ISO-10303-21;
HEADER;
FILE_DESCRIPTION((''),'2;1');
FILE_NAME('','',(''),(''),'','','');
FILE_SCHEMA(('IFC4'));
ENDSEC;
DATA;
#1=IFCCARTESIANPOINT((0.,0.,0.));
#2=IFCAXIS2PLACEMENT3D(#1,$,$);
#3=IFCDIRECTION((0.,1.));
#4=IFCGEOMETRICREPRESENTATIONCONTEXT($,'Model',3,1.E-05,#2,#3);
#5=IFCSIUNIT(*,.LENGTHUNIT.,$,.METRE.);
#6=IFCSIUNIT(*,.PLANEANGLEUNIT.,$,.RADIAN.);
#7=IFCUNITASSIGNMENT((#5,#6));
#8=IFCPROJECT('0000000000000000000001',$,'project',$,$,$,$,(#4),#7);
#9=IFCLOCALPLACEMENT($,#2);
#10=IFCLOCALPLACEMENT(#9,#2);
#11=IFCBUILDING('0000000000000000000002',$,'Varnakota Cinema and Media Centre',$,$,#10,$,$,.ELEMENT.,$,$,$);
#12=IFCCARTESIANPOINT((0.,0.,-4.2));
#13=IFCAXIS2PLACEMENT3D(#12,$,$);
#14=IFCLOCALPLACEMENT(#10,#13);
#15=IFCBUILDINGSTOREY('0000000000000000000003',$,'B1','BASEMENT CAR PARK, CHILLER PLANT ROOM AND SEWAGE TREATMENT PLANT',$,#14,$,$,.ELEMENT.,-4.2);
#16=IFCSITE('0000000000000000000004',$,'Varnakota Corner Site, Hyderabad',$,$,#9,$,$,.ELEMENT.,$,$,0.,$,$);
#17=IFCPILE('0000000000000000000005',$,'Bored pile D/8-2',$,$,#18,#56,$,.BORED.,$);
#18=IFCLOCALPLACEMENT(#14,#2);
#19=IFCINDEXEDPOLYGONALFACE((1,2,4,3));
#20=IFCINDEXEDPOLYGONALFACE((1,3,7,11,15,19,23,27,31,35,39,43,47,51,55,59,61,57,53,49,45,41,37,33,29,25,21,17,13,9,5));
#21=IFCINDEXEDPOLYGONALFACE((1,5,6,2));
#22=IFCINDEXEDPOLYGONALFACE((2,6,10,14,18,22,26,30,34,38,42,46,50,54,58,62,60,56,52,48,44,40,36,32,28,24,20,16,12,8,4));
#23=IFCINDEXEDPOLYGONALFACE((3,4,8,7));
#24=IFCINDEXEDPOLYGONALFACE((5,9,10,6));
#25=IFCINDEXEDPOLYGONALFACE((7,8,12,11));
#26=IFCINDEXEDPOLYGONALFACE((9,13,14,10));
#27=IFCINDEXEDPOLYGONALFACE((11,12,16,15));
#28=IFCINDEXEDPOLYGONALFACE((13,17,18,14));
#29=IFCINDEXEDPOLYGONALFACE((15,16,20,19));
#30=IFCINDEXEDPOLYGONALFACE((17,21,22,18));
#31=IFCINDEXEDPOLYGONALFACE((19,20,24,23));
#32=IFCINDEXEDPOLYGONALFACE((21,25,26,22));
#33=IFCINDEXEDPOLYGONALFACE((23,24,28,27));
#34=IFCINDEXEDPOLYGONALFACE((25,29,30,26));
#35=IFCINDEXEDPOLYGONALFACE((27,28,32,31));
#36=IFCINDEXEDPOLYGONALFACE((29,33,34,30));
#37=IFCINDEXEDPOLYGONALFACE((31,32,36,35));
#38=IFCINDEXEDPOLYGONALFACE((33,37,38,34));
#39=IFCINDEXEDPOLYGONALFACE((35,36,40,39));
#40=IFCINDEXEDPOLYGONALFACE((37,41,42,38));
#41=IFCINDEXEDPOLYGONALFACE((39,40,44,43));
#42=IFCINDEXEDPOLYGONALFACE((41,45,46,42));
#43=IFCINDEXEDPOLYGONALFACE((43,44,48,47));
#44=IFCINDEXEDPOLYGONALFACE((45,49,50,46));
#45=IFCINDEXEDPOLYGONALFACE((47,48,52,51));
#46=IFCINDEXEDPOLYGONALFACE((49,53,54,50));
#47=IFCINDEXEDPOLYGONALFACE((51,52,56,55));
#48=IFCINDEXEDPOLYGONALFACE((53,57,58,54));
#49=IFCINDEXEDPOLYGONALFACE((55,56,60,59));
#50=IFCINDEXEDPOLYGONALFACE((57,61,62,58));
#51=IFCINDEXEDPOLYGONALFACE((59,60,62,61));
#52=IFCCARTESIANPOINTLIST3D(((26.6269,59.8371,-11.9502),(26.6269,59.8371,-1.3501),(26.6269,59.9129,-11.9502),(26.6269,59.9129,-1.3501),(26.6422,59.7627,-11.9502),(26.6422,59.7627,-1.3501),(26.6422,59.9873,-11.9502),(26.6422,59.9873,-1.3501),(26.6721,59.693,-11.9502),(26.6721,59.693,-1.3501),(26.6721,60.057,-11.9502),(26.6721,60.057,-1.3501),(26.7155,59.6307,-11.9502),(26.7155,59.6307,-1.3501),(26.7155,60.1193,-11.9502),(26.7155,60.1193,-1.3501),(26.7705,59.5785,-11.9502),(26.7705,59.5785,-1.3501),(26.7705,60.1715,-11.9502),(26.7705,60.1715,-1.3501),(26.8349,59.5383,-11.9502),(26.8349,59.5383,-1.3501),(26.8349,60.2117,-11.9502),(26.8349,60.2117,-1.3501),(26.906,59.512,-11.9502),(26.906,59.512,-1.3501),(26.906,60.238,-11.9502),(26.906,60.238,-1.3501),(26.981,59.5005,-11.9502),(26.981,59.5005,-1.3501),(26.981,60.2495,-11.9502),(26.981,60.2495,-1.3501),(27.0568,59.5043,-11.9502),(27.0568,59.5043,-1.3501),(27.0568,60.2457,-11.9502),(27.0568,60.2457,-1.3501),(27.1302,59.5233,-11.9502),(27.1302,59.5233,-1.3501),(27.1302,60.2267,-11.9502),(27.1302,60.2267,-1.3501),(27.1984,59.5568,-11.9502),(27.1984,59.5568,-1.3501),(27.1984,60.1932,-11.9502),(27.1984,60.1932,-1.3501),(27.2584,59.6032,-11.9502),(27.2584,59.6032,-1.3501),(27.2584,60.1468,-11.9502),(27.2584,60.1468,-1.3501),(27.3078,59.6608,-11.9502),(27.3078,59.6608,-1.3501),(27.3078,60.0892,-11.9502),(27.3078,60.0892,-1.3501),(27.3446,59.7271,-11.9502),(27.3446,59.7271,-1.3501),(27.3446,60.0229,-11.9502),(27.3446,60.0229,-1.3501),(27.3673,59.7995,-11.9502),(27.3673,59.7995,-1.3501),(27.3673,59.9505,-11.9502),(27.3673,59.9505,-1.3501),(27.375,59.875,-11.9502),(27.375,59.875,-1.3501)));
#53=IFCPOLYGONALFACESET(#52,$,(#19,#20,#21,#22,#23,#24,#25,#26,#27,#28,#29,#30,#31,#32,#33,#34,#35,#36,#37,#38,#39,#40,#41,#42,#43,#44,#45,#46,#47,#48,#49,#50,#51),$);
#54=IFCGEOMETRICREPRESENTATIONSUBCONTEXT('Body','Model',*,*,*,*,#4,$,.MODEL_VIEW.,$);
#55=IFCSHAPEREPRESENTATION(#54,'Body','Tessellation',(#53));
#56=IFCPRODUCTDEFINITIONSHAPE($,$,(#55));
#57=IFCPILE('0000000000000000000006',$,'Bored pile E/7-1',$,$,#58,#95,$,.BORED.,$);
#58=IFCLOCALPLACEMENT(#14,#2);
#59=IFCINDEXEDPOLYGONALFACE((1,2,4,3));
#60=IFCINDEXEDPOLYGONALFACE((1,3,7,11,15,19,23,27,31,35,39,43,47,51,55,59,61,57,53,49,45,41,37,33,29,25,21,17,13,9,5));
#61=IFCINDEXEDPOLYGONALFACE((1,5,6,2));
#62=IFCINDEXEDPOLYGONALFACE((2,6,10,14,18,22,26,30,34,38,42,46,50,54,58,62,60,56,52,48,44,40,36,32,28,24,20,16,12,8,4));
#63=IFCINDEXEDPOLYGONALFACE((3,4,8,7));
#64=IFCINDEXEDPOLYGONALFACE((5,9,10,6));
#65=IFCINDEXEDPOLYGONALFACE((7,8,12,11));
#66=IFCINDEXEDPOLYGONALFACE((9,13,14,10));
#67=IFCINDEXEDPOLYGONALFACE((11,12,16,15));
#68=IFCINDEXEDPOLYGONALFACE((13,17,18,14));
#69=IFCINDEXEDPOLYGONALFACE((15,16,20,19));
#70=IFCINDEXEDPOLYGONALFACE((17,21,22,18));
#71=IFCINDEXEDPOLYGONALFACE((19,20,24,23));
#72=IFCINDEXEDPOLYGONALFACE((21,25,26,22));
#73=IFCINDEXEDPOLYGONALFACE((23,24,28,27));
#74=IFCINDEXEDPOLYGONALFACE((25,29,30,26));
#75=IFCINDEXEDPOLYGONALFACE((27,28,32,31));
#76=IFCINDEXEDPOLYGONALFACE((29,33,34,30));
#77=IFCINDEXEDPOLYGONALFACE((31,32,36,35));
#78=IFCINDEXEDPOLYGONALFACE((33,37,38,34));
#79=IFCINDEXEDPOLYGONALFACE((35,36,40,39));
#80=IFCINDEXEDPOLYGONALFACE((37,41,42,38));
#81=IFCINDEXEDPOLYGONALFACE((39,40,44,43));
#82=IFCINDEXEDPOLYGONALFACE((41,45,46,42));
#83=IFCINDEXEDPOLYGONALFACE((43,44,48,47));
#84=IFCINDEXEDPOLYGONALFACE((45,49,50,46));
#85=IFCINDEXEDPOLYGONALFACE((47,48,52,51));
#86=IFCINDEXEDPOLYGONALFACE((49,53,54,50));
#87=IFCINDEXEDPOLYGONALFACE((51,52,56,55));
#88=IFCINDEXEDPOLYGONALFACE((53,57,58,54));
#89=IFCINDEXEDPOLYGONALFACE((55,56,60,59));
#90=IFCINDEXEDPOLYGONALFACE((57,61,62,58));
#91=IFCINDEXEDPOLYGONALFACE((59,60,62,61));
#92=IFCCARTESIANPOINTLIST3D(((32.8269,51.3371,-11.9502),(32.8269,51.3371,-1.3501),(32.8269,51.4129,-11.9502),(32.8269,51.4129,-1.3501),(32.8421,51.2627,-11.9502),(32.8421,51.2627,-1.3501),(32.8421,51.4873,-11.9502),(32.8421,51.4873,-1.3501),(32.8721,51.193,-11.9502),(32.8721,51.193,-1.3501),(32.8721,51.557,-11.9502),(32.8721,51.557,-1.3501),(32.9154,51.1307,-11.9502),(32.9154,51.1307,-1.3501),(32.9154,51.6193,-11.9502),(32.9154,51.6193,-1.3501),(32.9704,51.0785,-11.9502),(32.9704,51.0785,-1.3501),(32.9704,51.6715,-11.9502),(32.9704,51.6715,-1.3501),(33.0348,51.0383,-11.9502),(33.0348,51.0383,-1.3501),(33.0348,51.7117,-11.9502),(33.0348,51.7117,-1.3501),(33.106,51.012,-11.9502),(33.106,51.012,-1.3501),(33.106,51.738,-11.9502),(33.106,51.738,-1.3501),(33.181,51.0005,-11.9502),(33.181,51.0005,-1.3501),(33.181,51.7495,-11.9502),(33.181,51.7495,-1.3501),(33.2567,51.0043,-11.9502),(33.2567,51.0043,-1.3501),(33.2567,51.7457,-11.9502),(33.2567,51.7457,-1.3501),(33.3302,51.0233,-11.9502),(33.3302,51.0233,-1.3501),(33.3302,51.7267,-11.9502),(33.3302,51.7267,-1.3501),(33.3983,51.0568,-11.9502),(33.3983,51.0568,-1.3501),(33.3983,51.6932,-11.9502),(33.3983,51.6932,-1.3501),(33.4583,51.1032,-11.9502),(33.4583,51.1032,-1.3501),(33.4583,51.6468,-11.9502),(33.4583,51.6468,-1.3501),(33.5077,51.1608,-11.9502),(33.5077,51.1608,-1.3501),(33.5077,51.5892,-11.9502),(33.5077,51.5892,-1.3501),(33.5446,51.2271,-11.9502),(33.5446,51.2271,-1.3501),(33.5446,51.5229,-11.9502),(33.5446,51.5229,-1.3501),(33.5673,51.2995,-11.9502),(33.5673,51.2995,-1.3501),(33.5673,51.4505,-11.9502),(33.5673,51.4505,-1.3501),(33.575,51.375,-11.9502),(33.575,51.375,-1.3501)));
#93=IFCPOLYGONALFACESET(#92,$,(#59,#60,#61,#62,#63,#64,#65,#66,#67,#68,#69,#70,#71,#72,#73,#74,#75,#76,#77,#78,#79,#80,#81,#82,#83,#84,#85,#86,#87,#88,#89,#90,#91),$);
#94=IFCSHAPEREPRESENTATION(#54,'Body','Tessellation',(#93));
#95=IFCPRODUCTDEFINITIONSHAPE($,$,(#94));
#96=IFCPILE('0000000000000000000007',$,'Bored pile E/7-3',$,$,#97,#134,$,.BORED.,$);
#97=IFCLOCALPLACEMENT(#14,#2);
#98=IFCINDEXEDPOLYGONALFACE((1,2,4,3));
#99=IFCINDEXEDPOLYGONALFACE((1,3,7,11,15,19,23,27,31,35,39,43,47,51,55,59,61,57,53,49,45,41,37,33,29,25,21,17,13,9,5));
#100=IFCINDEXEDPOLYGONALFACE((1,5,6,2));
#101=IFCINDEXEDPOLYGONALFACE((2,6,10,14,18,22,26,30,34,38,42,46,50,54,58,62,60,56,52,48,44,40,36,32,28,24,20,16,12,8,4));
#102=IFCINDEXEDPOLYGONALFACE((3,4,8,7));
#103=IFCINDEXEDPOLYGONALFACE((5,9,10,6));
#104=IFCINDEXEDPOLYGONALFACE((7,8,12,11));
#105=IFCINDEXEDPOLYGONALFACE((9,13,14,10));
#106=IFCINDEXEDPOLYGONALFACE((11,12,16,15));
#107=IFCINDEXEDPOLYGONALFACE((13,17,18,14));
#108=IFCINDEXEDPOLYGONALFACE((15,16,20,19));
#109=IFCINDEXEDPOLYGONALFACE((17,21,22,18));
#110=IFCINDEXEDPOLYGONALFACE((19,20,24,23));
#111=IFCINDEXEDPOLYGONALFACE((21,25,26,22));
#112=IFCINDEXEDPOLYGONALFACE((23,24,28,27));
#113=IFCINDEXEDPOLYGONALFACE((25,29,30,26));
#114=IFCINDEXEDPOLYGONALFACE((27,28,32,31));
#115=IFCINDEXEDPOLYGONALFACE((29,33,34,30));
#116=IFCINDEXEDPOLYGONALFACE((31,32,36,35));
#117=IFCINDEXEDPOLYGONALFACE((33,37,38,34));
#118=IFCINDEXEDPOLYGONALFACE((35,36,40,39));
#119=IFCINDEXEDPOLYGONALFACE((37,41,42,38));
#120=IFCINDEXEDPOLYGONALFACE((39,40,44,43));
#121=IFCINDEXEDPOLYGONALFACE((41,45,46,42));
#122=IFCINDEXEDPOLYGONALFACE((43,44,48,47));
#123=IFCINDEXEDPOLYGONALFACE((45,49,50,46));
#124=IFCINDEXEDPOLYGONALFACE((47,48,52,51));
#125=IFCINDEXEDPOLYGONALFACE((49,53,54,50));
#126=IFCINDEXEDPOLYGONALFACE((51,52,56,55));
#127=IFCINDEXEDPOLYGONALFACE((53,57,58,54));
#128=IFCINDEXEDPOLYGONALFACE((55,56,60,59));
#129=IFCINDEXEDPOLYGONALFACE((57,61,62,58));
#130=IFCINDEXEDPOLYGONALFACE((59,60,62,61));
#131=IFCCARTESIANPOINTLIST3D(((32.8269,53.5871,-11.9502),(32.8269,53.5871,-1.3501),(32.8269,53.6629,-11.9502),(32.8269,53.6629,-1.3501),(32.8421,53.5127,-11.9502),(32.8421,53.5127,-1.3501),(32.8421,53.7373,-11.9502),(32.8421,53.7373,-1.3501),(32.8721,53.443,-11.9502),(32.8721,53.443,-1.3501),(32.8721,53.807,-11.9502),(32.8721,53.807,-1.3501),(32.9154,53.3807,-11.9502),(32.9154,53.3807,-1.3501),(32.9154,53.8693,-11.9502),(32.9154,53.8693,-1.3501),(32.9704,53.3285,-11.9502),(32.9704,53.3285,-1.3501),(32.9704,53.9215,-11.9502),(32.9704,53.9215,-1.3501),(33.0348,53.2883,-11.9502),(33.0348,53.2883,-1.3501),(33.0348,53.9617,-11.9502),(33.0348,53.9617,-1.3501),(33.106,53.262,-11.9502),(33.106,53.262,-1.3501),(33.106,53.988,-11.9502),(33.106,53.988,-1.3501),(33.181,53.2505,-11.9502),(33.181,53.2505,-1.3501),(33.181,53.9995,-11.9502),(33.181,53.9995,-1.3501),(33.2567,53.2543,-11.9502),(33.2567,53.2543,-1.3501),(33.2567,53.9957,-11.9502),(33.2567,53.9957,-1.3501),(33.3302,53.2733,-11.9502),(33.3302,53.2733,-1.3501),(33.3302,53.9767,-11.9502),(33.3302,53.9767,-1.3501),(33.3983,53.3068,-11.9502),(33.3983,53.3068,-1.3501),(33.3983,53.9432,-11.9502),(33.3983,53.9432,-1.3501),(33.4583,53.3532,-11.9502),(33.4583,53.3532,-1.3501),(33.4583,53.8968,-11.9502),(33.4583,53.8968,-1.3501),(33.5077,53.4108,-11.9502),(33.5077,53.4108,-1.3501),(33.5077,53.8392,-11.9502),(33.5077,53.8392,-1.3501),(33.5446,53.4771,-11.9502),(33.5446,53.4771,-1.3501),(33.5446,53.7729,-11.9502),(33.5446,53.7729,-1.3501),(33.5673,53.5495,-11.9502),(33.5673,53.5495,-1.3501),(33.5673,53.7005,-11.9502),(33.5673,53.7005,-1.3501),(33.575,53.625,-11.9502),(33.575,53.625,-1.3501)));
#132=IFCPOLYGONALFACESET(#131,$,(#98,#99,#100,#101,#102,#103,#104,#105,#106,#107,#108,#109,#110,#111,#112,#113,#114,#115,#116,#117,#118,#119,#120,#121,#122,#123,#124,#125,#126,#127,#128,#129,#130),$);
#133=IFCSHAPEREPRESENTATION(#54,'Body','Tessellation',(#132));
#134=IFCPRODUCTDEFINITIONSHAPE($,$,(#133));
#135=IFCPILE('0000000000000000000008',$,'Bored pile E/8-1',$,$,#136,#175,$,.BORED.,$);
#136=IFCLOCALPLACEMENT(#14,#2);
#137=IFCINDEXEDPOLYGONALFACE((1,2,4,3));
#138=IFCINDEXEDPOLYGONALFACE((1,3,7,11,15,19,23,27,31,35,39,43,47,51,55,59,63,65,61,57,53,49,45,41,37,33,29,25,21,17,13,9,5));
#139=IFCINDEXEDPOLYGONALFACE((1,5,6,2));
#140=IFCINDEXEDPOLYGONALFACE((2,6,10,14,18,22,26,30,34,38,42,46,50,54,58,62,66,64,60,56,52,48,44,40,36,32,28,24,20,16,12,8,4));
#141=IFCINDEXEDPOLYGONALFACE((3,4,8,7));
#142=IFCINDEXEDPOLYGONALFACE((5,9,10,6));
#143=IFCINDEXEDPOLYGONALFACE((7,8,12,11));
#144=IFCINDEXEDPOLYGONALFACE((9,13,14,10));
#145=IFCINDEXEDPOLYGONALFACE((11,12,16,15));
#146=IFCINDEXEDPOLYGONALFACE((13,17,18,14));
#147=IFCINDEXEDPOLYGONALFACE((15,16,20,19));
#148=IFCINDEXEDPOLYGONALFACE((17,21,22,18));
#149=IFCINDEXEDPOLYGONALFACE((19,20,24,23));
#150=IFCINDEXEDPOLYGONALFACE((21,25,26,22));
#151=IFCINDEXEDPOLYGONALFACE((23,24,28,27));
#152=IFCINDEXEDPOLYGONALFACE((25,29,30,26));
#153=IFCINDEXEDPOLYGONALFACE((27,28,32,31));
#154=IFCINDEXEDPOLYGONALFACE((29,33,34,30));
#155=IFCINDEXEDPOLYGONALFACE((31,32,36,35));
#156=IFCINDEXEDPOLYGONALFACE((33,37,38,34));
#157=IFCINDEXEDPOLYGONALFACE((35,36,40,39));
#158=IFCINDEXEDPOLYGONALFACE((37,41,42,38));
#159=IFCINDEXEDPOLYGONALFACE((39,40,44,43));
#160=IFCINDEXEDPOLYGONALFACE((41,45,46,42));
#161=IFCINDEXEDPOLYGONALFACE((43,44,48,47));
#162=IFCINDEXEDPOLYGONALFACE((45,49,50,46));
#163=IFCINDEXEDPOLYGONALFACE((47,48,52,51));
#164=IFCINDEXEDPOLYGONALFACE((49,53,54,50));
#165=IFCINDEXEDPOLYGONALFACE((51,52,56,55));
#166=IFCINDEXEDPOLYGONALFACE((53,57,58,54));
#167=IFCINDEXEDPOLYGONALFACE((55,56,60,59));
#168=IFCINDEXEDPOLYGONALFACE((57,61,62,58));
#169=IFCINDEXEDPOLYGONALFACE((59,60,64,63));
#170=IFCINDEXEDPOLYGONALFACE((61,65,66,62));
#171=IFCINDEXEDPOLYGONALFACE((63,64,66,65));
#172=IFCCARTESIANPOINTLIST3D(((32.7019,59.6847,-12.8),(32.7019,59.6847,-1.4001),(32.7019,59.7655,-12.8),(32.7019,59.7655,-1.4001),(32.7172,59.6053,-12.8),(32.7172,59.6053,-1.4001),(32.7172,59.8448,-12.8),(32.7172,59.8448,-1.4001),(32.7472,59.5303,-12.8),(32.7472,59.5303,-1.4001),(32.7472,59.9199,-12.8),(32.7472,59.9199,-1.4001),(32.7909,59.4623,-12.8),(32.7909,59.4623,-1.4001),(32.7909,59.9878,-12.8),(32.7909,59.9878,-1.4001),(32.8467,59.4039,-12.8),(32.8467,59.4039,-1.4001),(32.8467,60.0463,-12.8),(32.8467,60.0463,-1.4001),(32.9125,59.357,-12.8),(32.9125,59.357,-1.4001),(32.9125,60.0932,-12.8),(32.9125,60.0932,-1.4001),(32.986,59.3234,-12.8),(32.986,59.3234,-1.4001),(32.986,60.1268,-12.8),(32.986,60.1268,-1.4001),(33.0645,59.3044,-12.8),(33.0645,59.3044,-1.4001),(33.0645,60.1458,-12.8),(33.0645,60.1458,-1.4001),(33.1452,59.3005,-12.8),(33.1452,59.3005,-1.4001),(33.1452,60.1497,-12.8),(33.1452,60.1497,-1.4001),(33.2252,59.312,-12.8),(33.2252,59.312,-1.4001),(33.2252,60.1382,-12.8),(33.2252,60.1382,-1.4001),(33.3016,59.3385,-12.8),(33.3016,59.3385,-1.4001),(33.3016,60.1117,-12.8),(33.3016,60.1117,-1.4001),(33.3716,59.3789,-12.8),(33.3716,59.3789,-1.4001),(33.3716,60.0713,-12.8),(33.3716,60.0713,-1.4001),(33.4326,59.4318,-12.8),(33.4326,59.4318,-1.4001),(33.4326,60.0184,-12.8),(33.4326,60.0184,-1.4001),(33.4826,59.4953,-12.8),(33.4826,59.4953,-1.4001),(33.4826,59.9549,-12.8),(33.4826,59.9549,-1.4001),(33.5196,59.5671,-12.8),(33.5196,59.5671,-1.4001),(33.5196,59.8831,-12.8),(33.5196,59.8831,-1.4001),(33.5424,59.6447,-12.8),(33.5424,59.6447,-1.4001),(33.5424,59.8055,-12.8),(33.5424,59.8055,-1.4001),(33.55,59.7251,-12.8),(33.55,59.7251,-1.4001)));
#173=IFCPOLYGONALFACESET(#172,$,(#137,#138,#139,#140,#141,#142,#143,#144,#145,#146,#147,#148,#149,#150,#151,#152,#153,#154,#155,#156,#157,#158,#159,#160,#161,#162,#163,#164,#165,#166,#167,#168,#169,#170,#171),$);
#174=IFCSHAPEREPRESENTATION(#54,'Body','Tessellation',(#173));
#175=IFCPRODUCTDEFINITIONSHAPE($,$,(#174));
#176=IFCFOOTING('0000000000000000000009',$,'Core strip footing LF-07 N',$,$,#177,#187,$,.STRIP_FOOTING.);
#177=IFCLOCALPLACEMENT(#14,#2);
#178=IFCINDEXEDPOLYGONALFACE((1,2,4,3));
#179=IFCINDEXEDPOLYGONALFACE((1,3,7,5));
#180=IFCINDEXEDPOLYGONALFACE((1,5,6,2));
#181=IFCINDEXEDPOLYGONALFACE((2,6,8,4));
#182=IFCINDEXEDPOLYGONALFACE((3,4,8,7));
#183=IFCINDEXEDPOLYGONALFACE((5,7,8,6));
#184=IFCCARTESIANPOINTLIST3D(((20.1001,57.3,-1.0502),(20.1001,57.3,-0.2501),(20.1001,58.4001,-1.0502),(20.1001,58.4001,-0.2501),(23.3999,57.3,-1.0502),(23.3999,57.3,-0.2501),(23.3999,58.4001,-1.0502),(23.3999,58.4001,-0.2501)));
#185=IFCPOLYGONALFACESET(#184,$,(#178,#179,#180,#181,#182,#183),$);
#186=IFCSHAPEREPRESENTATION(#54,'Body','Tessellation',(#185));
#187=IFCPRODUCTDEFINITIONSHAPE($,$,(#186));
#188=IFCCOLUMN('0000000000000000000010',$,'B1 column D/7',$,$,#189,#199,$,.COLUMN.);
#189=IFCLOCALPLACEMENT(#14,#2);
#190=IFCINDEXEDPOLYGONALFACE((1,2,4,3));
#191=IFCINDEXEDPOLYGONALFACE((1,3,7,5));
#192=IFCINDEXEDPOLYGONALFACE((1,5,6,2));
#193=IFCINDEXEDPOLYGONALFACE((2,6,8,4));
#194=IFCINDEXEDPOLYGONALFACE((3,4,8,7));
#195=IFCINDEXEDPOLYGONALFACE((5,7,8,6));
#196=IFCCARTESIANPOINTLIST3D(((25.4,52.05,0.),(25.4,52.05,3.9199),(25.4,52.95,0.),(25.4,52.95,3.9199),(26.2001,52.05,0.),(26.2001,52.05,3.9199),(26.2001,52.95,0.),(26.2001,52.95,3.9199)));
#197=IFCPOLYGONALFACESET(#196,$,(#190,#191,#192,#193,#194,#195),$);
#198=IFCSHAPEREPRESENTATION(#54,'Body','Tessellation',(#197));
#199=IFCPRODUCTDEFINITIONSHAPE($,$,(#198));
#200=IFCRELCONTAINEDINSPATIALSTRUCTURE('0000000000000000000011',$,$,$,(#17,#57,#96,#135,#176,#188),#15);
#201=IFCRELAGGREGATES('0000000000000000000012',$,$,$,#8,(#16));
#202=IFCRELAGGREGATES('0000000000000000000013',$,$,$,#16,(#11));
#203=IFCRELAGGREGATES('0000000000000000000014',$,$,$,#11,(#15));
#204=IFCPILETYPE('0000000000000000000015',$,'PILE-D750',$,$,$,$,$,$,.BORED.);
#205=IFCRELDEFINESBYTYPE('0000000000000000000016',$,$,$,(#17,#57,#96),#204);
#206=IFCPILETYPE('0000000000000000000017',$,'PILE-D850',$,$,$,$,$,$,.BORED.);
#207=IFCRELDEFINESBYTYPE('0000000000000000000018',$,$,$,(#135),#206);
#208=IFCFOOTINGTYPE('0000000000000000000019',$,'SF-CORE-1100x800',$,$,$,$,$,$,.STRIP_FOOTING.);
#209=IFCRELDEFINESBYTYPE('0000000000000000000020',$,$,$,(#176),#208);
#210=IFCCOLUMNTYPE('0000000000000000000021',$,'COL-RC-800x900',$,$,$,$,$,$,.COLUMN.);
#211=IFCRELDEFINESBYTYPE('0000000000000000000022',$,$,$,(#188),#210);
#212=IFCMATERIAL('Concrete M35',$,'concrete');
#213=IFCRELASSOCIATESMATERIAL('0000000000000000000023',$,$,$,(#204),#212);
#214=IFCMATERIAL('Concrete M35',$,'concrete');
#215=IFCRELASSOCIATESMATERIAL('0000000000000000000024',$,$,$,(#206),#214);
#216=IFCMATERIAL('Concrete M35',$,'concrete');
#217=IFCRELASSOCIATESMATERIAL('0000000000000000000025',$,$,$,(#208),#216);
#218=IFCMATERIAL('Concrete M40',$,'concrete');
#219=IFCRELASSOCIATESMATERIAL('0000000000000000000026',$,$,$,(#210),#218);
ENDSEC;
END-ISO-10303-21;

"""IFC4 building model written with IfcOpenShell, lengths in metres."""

from ifc_helpers import new_model, si_unit, direction, frame, origin, origin_2d, place, context, subcontext, project, spatial, rectangle, circle, extrude, material, material_profile, profile_set, type_object, element, save


model = new_model("IFC4")

# Units and contexts
model_context = context("Model", 3, precision=1e-05, world=origin(), true_north=direction((0.0, 1.0)))
body_context = subcontext(model_context, "Body", "Model", "MODEL_VIEW")
ifc_project = project(units=[si_unit("LENGTHUNIT", "METRE"), si_unit("PLANEANGLEUNIT", "RADIAN")], contexts=[model_context])

# Site, building, storey
site_placement = place(None, origin())
site = spatial("IfcSite", under=ifc_project, at=site_placement, Name="Varnakota Corner Site, Hyderabad", CompositionType="ELEMENT", RefElevation=0.0)
building_placement = place(site_placement, origin())
building = spatial("IfcBuilding", under=site, at=building_placement, Name="Varnakota Cinema and Media Centre", CompositionType="ELEMENT")
storey_placement = place(building_placement, frame((0.0, 0.0, -4.2)))
storey = spatial("IfcBuildingStorey", under=building, at=storey_placement, Name="B1", Description="BASEMENT CAR PARK, CHILLER PLANT ROOM AND SEWAGE TREATMENT PLANT", CompositionType="ELEMENT", Elevation=-4.2)

# Piles
ifc_material_1 = material(Name="Concrete M35", Category="concrete")
ifc_material_profile_1 = material_profile(ifc_material_1, circle(Radius=0.375, at=origin_2d()), Name="PILE D750")
ifc_profile_set_1 = profile_set([ifc_material_profile_1], Name="Concrete M35")
pile_type_1 = type_object("IfcPileType", Name="PILE-D750", PredefinedType="BORED", material=ifc_profile_set_1)
for number, where, z_axis, x_axis, name in (
    (1, (27.0, 59.875, -1.3501), (0.0, 0.0, -1.0), (1.0, 0.0, 0.0), "Bored pile D/8-2"),
    (2, (33.2, 51.375, -1.3501), (0.0, 0.0, -1.0), (1.0, 0.0, 0.0), "Bored pile E/7-1"),
    (3, (33.2, 53.625, -1.3501), (0.0, 0.0, -1.0), (1.0, 0.0, 0.0), "Bored pile E/7-3"),
):
    element("IfcPile", number, at=place(storey_placement, frame(where, z_axis=z_axis, x_axis=x_axis)), inside=storey, type_object=pile_type_1, Name=name, PredefinedType="BORED", context=body_context, shape_type="SweptSolid", body=[
        extrude(circle(Radius=0.375, at=origin_2d()), origin(), (0.0, 0.0, 1.0), 10.6001),
    ])
ifc_material_2 = material(Name="Concrete M35", Category="concrete")
ifc_material_profile_2 = material_profile(ifc_material_2, circle(Radius=0.425, at=origin_2d()), Name="PILE D850")
ifc_profile_set_2 = profile_set([ifc_material_profile_2], Name="Concrete M35")
pile_type_2 = type_object("IfcPileType", Name="PILE-D850", PredefinedType="BORED", material=ifc_profile_set_2)
pile_1_placement = place(storey_placement, frame((33.125, 59.7251, -1.4001), z_axis=(0.0, 0.0, -1.0), x_axis=(1.0, 0.0, 0.0)))
element("IfcPile", 4, at=pile_1_placement, inside=storey, type_object=pile_type_2, Name="Bored pile E/8-1", PredefinedType="BORED", context=body_context, shape_type="SweptSolid", body=[
    extrude(circle(Radius=0.425, at=origin_2d()), origin(), (0.0, 0.0, 1.0), 11.3999),
])

# Footing
ifc_material_3 = material(Name="Concrete M35", Category="concrete")
ifc_material_profile_3 = material_profile(ifc_material_3, rectangle(XDim=1.1001, YDim=0.8, at=origin_2d()), Name="SF 1100x800")
ifc_profile_set_3 = profile_set([ifc_material_profile_3], Name="Concrete M35")
footing_type_1 = type_object("IfcFootingType", Name="SF-CORE-1100x800", PredefinedType="STRIP_FOOTING", material=ifc_profile_set_3)
footing_1_placement = place(storey_placement, frame((20.1001, 57.8501, -0.6501), z_axis=(1.0, 0.0, 0.0), x_axis=(0.0, 1.0, 0.0)))
element("IfcFooting", 5, at=footing_1_placement, inside=storey, type_object=footing_type_1, Name="Core strip footing LF-07 N", PredefinedType="STRIP_FOOTING", context=body_context, shape_type="SweptSolid", body=[
    extrude(rectangle(XDim=1.1001, YDim=0.8, at=origin_2d()), origin(), (0.0, 0.0, 1.0), 3.2998),
])

# Column
ifc_material_4 = material(Name="Concrete M40", Category="concrete")
ifc_material_profile_4 = material_profile(ifc_material_4, rectangle(XDim=0.8, YDim=0.8999, at=origin_2d()), Name="RC 800x900")
ifc_profile_set_4 = profile_set([ifc_material_profile_4], Name="Concrete M40")
column_type = type_object("IfcColumnType", Name="COL-RC-800x900", PredefinedType="COLUMN", material=ifc_profile_set_4)
column_placement = place(storey_placement, frame((25.8, 52.5, 0.0), z_axis=(0.0, 0.0, 1.0), x_axis=(1.0, 0.0, 0.0)))
element("IfcColumn", 6, at=column_placement, inside=storey, type_object=column_type, Name="B1 column D/7", PredefinedType="COLUMN", context=body_context, shape_type="SweptSolid", body=[
    extrude(rectangle(XDim=0.8, YDim=0.8999, at=origin_2d()), origin(), (0.0, 0.0, 1.0), 3.9199),
])

save(model, "model.ifc")
